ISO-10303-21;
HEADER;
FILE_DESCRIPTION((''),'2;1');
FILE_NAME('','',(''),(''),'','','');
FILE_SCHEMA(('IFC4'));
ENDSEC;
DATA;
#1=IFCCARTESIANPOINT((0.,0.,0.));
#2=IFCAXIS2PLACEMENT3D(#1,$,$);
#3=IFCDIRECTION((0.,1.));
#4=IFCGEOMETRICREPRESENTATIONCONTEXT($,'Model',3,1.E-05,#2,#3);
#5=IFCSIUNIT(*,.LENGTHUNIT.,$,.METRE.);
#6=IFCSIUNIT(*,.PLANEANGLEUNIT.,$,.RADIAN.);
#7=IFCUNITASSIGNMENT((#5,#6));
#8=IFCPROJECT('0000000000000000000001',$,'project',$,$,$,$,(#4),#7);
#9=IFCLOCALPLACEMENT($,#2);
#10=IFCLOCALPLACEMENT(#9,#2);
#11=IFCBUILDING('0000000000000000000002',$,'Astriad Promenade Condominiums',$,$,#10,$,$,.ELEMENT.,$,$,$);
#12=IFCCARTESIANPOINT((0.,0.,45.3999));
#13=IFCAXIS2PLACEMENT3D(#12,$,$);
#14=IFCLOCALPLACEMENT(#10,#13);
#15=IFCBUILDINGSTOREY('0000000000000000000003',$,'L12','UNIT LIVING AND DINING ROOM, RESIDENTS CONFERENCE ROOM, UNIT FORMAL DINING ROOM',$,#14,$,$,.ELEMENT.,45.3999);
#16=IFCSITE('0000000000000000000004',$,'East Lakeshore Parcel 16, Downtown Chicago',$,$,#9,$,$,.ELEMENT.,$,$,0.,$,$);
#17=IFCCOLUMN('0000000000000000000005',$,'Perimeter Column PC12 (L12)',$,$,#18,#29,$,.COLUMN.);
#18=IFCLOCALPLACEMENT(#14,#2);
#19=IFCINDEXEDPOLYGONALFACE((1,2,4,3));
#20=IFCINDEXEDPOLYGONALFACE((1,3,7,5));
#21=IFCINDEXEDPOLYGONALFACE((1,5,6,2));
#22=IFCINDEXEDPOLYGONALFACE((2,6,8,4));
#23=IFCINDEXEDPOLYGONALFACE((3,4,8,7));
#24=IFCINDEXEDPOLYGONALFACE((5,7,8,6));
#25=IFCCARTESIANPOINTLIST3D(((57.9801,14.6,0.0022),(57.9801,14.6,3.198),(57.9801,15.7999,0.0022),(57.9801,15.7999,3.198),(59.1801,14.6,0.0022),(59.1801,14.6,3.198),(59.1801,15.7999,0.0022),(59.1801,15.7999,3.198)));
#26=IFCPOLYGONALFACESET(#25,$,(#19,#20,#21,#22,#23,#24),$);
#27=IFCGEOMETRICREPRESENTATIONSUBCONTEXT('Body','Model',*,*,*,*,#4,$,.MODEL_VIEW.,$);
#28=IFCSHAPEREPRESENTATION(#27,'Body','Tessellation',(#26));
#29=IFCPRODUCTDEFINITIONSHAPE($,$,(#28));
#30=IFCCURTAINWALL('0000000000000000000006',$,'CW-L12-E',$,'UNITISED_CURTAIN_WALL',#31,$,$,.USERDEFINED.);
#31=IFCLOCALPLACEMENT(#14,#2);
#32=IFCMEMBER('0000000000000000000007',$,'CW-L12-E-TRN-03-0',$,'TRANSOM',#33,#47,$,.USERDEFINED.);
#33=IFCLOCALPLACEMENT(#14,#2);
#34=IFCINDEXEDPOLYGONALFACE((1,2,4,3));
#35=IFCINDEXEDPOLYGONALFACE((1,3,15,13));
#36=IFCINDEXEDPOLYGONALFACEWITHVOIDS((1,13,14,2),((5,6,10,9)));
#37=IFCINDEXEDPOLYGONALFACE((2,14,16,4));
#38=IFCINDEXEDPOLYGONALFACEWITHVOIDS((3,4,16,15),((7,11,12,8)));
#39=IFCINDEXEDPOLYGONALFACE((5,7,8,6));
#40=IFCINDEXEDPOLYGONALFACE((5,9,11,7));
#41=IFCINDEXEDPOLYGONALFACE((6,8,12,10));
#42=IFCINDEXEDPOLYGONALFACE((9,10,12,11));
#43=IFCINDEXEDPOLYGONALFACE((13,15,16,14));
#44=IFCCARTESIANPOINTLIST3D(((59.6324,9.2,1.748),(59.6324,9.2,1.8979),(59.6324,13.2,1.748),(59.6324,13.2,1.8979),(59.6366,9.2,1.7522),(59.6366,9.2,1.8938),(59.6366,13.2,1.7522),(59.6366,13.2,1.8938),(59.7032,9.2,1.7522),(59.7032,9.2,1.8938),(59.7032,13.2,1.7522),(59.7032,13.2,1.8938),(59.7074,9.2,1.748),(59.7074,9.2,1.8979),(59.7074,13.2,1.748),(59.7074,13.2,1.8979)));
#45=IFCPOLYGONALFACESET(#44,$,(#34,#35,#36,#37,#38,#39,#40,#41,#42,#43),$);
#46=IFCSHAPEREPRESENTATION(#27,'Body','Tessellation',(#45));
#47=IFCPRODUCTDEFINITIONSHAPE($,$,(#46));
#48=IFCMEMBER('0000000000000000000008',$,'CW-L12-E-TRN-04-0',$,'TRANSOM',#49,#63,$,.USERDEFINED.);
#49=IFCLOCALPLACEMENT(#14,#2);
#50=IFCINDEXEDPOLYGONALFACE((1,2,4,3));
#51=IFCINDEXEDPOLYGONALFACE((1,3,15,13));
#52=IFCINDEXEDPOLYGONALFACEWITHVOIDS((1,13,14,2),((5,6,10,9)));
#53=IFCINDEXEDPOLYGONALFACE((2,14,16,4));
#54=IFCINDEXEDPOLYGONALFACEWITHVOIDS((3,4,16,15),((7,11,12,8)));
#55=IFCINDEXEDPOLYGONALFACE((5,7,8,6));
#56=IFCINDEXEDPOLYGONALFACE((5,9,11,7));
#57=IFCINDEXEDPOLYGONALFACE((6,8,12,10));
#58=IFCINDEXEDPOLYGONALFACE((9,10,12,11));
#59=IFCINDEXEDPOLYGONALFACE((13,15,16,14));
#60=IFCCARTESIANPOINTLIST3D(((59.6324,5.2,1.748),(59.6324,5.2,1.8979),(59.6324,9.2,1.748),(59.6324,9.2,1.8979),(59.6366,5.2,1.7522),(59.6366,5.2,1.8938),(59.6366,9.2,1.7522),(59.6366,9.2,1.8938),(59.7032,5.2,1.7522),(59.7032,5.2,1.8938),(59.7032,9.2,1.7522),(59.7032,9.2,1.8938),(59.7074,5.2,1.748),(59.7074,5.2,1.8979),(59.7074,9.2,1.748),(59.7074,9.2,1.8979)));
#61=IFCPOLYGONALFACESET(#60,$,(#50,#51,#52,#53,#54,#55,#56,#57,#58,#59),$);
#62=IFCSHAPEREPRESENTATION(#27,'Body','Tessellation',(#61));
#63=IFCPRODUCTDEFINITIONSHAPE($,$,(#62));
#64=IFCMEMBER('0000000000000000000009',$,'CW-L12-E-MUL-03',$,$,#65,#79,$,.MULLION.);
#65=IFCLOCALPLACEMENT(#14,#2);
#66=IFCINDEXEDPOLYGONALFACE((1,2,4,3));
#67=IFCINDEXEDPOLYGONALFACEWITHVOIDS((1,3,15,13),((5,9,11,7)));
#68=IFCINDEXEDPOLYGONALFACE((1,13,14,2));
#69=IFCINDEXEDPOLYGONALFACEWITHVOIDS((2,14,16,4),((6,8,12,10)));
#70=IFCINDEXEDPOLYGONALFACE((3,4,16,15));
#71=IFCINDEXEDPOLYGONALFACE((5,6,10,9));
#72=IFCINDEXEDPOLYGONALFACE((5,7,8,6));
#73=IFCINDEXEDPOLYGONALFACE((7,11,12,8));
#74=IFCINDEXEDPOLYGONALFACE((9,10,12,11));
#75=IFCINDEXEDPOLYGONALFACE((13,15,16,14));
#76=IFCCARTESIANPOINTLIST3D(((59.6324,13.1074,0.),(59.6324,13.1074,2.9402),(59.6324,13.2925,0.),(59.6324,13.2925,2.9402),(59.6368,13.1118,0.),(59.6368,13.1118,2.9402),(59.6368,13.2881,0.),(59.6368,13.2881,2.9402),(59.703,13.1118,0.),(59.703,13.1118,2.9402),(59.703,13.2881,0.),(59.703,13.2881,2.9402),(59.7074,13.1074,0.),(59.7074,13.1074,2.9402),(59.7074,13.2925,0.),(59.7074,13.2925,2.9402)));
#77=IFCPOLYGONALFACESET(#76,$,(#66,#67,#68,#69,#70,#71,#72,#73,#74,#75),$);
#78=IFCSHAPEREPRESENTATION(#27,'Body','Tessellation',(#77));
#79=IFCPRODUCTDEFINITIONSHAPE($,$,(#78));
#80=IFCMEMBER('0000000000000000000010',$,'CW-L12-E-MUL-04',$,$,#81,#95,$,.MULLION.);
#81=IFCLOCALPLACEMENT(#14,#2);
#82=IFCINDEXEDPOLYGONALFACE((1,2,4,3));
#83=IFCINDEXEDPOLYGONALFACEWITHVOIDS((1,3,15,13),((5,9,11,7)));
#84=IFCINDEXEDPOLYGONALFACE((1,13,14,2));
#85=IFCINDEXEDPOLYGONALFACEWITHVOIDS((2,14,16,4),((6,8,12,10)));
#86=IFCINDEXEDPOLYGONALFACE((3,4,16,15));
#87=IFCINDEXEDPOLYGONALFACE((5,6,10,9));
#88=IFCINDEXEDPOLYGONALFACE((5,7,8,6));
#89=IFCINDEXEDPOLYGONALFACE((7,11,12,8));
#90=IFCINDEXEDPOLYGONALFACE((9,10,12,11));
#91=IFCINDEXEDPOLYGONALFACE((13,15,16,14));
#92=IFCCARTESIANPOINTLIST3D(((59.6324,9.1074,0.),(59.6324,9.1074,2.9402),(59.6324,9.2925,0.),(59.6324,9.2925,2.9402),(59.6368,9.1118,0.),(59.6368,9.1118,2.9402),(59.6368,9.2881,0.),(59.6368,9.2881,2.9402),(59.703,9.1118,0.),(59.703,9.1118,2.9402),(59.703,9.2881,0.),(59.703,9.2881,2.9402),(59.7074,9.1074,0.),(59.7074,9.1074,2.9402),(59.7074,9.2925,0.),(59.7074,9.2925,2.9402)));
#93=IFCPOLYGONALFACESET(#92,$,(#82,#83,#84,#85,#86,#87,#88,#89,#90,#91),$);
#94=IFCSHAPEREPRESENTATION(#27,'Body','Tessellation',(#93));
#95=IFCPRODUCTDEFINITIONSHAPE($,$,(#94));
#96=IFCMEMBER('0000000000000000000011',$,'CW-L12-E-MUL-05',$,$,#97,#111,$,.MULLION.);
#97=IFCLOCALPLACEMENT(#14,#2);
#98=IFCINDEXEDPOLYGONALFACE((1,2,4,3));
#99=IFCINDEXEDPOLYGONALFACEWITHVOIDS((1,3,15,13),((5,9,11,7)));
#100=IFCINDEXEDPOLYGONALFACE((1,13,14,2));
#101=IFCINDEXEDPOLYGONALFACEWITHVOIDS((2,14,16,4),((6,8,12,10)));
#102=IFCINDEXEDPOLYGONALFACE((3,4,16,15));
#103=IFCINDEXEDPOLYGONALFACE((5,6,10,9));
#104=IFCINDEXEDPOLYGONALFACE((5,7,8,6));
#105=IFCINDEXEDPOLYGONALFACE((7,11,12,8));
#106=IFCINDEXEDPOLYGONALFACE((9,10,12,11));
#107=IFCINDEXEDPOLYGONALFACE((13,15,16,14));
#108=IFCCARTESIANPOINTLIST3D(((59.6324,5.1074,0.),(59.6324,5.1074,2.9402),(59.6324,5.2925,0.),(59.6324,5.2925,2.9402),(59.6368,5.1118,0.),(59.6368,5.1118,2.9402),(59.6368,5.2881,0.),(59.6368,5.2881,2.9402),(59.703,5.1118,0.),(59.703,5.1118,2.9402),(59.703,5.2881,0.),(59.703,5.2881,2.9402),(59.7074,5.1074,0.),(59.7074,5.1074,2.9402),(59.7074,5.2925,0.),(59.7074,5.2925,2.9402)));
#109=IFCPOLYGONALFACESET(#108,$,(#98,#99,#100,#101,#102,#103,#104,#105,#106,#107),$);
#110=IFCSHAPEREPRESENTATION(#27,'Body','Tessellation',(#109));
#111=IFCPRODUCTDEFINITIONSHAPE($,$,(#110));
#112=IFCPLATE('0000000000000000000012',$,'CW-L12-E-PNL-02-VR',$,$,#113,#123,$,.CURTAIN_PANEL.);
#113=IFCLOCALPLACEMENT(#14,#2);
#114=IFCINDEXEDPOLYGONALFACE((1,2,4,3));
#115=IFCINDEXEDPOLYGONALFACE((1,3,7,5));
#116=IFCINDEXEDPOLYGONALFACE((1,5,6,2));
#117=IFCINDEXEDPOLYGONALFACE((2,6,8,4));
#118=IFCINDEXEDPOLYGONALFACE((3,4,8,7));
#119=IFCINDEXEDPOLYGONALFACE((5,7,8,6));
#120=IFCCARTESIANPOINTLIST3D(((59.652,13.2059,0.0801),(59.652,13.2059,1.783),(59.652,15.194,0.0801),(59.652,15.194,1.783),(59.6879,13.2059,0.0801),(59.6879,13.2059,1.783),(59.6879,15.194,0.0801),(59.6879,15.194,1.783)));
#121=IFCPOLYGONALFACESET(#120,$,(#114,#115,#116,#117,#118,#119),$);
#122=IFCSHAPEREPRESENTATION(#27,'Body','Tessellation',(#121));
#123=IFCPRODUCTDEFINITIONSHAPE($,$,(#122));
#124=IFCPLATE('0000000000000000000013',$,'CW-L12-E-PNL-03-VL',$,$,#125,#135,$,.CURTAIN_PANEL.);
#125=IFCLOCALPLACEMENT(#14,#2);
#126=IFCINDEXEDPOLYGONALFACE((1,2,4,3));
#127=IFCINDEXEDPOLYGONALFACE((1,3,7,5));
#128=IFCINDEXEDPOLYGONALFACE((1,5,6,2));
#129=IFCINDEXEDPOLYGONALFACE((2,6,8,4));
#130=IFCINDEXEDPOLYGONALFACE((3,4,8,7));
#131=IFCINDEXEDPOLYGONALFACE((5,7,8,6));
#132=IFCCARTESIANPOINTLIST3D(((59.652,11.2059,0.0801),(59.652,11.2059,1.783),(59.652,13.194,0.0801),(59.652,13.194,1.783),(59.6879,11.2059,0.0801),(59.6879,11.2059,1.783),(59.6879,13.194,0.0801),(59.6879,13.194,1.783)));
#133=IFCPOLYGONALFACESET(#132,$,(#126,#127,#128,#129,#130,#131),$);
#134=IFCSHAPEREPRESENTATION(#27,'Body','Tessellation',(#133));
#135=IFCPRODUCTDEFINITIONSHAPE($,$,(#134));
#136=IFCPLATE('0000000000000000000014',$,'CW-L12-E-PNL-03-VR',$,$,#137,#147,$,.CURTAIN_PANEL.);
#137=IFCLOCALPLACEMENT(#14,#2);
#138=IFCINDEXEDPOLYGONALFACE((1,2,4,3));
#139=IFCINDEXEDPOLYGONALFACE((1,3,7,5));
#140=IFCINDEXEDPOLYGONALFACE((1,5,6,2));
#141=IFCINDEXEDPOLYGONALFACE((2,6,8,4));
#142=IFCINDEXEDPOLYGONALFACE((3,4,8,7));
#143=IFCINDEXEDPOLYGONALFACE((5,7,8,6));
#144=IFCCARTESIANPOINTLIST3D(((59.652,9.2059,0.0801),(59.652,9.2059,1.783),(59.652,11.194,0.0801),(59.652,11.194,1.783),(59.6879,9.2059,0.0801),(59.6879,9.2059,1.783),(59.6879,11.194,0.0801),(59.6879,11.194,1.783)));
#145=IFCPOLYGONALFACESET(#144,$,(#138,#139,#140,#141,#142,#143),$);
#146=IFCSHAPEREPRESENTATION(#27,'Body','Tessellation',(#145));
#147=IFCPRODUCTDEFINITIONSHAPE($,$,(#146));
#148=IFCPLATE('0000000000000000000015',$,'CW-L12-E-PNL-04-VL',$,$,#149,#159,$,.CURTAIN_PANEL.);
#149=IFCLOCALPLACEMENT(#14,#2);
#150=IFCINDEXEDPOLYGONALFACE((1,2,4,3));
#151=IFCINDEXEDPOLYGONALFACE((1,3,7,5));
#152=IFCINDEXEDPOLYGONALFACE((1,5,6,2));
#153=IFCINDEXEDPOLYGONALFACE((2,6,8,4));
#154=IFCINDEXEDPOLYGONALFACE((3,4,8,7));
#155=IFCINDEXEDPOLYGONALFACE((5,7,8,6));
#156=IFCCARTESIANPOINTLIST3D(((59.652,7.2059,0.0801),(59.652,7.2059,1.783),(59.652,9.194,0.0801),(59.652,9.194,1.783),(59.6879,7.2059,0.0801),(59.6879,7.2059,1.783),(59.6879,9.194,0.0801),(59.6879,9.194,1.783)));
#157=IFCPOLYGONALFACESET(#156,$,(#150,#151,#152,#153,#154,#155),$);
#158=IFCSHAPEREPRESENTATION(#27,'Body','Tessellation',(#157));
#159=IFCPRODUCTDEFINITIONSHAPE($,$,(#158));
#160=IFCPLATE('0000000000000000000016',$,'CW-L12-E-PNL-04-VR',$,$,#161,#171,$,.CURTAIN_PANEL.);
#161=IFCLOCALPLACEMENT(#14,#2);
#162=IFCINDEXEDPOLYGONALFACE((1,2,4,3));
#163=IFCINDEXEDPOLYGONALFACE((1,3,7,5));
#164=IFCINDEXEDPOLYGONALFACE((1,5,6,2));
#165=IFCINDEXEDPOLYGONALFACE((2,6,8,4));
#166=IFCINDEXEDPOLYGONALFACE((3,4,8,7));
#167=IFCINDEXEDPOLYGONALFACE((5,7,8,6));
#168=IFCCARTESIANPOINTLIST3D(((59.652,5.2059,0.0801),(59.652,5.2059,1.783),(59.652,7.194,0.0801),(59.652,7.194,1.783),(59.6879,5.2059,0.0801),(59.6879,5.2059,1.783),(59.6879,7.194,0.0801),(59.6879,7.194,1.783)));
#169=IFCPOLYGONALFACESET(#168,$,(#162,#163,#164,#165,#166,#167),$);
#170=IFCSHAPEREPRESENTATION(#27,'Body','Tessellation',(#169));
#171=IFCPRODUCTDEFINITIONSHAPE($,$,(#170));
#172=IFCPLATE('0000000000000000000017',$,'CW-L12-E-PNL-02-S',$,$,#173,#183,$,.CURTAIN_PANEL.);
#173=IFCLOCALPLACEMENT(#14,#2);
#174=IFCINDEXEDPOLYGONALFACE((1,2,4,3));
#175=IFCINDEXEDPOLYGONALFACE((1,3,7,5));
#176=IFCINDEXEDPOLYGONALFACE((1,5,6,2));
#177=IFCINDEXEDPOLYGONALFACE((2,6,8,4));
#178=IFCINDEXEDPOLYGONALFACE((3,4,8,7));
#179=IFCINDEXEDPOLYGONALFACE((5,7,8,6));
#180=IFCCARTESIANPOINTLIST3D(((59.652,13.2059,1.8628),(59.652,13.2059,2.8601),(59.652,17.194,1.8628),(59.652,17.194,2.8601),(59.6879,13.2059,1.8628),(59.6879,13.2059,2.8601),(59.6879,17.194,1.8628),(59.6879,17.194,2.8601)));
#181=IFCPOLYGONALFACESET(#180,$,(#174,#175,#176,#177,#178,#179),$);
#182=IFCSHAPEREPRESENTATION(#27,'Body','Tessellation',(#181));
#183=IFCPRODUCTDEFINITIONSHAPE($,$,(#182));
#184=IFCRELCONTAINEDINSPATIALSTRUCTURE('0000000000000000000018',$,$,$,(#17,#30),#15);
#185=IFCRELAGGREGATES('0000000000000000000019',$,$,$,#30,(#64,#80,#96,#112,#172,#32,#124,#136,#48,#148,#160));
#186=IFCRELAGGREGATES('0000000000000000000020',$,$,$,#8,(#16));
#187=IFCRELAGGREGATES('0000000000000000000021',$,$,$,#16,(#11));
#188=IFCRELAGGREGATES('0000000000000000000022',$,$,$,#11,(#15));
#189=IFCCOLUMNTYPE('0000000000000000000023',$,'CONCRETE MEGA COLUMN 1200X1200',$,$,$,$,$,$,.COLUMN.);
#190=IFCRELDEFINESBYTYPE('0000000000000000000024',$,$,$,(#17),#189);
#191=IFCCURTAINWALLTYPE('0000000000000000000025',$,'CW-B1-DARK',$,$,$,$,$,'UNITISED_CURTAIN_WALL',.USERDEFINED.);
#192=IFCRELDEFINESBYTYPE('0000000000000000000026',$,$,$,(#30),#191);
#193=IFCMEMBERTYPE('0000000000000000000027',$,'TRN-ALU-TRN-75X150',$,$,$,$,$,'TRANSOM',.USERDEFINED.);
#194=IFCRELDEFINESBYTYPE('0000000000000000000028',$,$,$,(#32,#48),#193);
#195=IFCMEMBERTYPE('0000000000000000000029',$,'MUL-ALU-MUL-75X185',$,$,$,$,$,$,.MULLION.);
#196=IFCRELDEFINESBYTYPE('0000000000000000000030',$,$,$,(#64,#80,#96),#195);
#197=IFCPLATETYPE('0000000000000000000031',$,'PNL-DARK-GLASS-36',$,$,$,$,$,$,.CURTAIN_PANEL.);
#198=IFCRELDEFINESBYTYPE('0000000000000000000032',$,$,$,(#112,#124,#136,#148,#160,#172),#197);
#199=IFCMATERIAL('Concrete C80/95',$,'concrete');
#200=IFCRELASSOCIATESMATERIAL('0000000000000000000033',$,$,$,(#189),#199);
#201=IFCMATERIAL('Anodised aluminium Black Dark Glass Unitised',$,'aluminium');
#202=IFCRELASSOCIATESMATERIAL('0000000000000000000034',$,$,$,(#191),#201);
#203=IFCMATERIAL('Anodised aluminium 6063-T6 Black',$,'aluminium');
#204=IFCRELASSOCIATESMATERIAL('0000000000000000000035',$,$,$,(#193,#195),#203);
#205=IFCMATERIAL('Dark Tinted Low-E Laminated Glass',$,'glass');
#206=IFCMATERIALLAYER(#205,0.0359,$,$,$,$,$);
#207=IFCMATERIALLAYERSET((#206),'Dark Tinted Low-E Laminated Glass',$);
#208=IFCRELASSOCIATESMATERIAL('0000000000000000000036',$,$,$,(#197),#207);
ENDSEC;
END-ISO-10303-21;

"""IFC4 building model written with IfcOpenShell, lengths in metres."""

from ifc_helpers import new_model, si_unit, direction, frame, origin, origin_2d, place, context, subcontext, project, spatial, rectangle, hollow_rectangle, extrude, source, transform, mapped, material, layer, layer_set, material_profile, profile_set, type_object, type_shapes, element, aggregate, save


model = new_model("IFC4")

# Units and contexts
model_context = context("Model", 3, precision=1e-05, world=origin(), true_north=direction((0.0, 1.0)))
body_context = subcontext(model_context, "Body", "Model", "MODEL_VIEW")
ifc_project = project(units=[si_unit("LENGTHUNIT", "METRE"), si_unit("PLANEANGLEUNIT", "RADIAN")], contexts=[model_context])

# Site, building, storey
site_placement = place(None, origin())
site = spatial("IfcSite", under=ifc_project, at=site_placement, Name="East Lakeshore Parcel 16, Downtown Chicago", CompositionType="ELEMENT", RefElevation=0.0)
building_placement = place(site_placement, origin())
building = spatial("IfcBuilding", under=site, at=building_placement, Name="Astriad Promenade Condominiums", CompositionType="ELEMENT")
storey_placement = place(building_placement, frame((0.0, 0.0, 45.3999)))
storey = spatial("IfcBuildingStorey", under=building, at=storey_placement, Name="L12", Description="UNIT LIVING AND DINING ROOM, RESIDENTS CONFERENCE ROOM, UNIT FORMAL DINING ROOM", CompositionType="ELEMENT", Elevation=45.3999)

# Column
ifc_material_1 = material(Name="Concrete C80/95", Category="concrete")
ifc_material_profile_1 = material_profile(ifc_material_1, rectangle(XDim=1.2, YDim=1.2, at=origin_2d()), Name="RC-COL-1200X1200")
ifc_profile_set_1 = profile_set([ifc_material_profile_1], Name="Concrete C80/95")
column_type = type_object("IfcColumnType", Name="CONCRETE MEGA COLUMN 1200X1200", PredefinedType="COLUMN", material=ifc_profile_set_1)
shared_shape_1 = source(origin(), body_context, "Body", "SweptSolid", [
    extrude(rectangle(XDim=1.2, YDim=1.2, at=origin_2d()), origin(), (0.0, 0.0, 1.0), 3.1958),
])
type_shapes(column_type, [shared_shape_1])
column_placement = place(storey_placement, frame((58.5801, 15.2, 0.0022), z_axis=(0.0, 0.0, 1.0), x_axis=(1.0, 0.0, 0.0)))
element("IfcColumn", 1, at=column_placement, inside=storey, type_object=column_type, Name="Perimeter Column PC12 (L12)", PredefinedType="COLUMN", context=body_context, shape_type="MappedRepresentation", body=[
    mapped(shared_shape_1, transform((0.0, 0.0, 0.0), scale=1.0)),
])

# Curtain wall, members, plates
ifc_material_2 = material(Name="Anodised aluminium Black Dark Glass Unitised", Category="aluminium")
curtain_wall_type = type_object("IfcCurtainWallType", Name="CW-B1-DARK", ElementType="UNITISED_CURTAIN_WALL", PredefinedType="USERDEFINED", material=ifc_material_2)
curtain_wall_placement = place(storey_placement, origin())
curtain_wall = element("IfcCurtainWall", 2, at=curtain_wall_placement, inside=storey, type_object=curtain_wall_type, Name="CW-L12-E", ObjectType="UNITISED_CURTAIN_WALL", PredefinedType="USERDEFINED")
ifc_material_3 = material(Name="Anodised aluminium 6063-T6 Black", Category="aluminium")
ifc_material_profile_2 = material_profile(ifc_material_3, hollow_rectangle(XDim=0.075, YDim=0.1499, WallThickness=0.0042, at=origin_2d()), Name="ALU-TRN-75X150")
ifc_profile_set_2 = profile_set([ifc_material_profile_2], Name="Anodised aluminium 6063-T6 Black")
member_type_1 = type_object("IfcMemberType", Name="TRN-ALU-TRN-75X150", ElementType="TRANSOM", PredefinedType="USERDEFINED", material=ifc_profile_set_2)
shared_shape_2 = source(origin(), body_context, "Body", "SweptSolid", [
    extrude(hollow_rectangle(XDim=0.075, YDim=0.1499, WallThickness=0.0042, at=origin_2d()), origin(), (0.0, 0.0, 1.0), 4.0),
])
type_shapes(member_type_1, [shared_shape_2])
member_1_placement = place(storey_placement, frame((59.6699, 13.2, 1.823), z_axis=(0.0, -1.0, 0.0), x_axis=(1.0, 0.0, 0.0)))
member_1 = element("IfcMember", 3, at=member_1_placement, type_object=member_type_1, Name="CW-L12-E-TRN-03-0", ObjectType="TRANSOM", PredefinedType="USERDEFINED", context=body_context, shape_type="MappedRepresentation", body=[
    mapped(shared_shape_2, transform((0.0, 0.0, 0.0), scale=1.0)),
])
member_2_placement = place(storey_placement, frame((59.6699, 9.2, 1.823), z_axis=(0.0, -1.0, 0.0), x_axis=(1.0, 0.0, 0.0)))
member_2 = element("IfcMember", 4, at=member_2_placement, type_object=member_type_1, Name="CW-L12-E-TRN-04-0", ObjectType="TRANSOM", PredefinedType="USERDEFINED", context=body_context, shape_type="MappedRepresentation", body=[
    mapped(shared_shape_2, transform((0.0, 0.0, 0.0), scale=1.0)),
])
ifc_material_profile_3 = material_profile(ifc_material_3, hollow_rectangle(XDim=0.075, YDim=0.1851, WallThickness=0.0044, at=origin_2d()), Name="ALU-MUL-75X185")
ifc_profile_set_3 = profile_set([ifc_material_profile_3], Name="Anodised aluminium 6063-T6 Black")
member_type_2 = type_object("IfcMemberType", Name="MUL-ALU-MUL-75X185", PredefinedType="MULLION", material=ifc_profile_set_3)
shared_shape_3 = source(origin(), body_context, "Body", "SweptSolid", [
    extrude(hollow_rectangle(XDim=0.075, YDim=0.1851, WallThickness=0.0044, at=origin_2d()), origin(), (0.0, 0.0, 1.0), 2.9402),
])
type_shapes(member_type_2, [shared_shape_3])
member_3_placement = place(storey_placement, frame((59.6699, 13.2, 0.0), z_axis=(0.0, 0.0, 1.0), x_axis=(1.0, 0.0, 0.0)))
member_3 = element("IfcMember", 5, at=member_3_placement, type_object=member_type_2, Name="CW-L12-E-MUL-03", PredefinedType="MULLION", context=body_context, shape_type="MappedRepresentation", body=[
    mapped(shared_shape_3, transform((0.0, 0.0, 0.0), scale=1.0)),
])
member_4_placement = place(storey_placement, frame((59.6699, 9.2, 0.0), z_axis=(0.0, 0.0, 1.0), x_axis=(1.0, 0.0, 0.0)))
member_4 = element("IfcMember", 6, at=member_4_placement, type_object=member_type_2, Name="CW-L12-E-MUL-04", PredefinedType="MULLION", context=body_context, shape_type="MappedRepresentation", body=[
    mapped(shared_shape_3, transform((0.0, 0.0, 0.0), scale=1.0)),
])
member_5_placement = place(storey_placement, frame((59.6699, 5.2, 0.0), z_axis=(0.0, 0.0, 1.0), x_axis=(1.0, 0.0, 0.0)))
member_5 = element("IfcMember", 7, at=member_5_placement, type_object=member_type_2, Name="CW-L12-E-MUL-05", PredefinedType="MULLION", context=body_context, shape_type="MappedRepresentation", body=[
    mapped(shared_shape_3, transform((0.0, 0.0, 0.0), scale=1.0)),
])
ifc_material_4 = material(Name="Dark Tinted Low-E Laminated Glass", Category="glass")
ifc_layer_1 = layer(ifc_material_4, 0.0359)
ifc_layer_set_1 = layer_set([ifc_layer_1], Name="Dark Tinted Low-E Laminated Glass")
plate_type = type_object("IfcPlateType", Name="PNL-DARK-GLASS-36", PredefinedType="CURTAIN_PANEL", material=ifc_layer_set_1)
shared_shape_4 = source(origin(), body_context, "Body", "SweptSolid", [
    extrude(rectangle(XDim=1.988, YDim=0.0359, at=origin_2d()), origin(), (0.0, 0.0, 1.0), 1.7029),
])
plate_1_placement = place(storey_placement, frame((59.6699, 14.2, 0.0801), z_axis=(0.0, 0.0, 1.0), x_axis=(0.0, -1.0, 0.0)))
plate_1 = element("IfcPlate", 8, at=plate_1_placement, type_object=plate_type, Name="CW-L12-E-PNL-02-VR", PredefinedType="CURTAIN_PANEL", context=body_context, shape_type="MappedRepresentation", body=[
    mapped(shared_shape_4, transform((0.0, 0.0, 0.0), scale=1.0)),
])
plate_2_placement = place(storey_placement, frame((59.6699, 12.2, 0.0801), z_axis=(0.0, 0.0, 1.0), x_axis=(0.0, -1.0, 0.0)))
plate_2 = element("IfcPlate", 9, at=plate_2_placement, type_object=plate_type, Name="CW-L12-E-PNL-03-VL", PredefinedType="CURTAIN_PANEL", context=body_context, shape_type="MappedRepresentation", body=[
    mapped(shared_shape_4, transform((0.0, 0.0, 0.0), scale=1.0)),
])
plate_3_placement = place(storey_placement, frame((59.6699, 10.2, 0.0801), z_axis=(0.0, 0.0, 1.0), x_axis=(0.0, -1.0, 0.0)))
plate_3 = element("IfcPlate", 10, at=plate_3_placement, type_object=plate_type, Name="CW-L12-E-PNL-03-VR", PredefinedType="CURTAIN_PANEL", context=body_context, shape_type="MappedRepresentation", body=[
    mapped(shared_shape_4, transform((0.0, 0.0, 0.0), scale=1.0)),
])
plate_4_placement = place(storey_placement, frame((59.6699, 8.2, 0.0801), z_axis=(0.0, 0.0, 1.0), x_axis=(0.0, -1.0, 0.0)))
plate_4 = element("IfcPlate", 11, at=plate_4_placement, type_object=plate_type, Name="CW-L12-E-PNL-04-VL", PredefinedType="CURTAIN_PANEL", context=body_context, shape_type="MappedRepresentation", body=[
    mapped(shared_shape_4, transform((0.0, 0.0, 0.0), scale=1.0)),
])
plate_5_placement = place(storey_placement, frame((59.6699, 6.2, 0.0801), z_axis=(0.0, 0.0, 1.0), x_axis=(0.0, -1.0, 0.0)))
plate_5 = element("IfcPlate", 12, at=plate_5_placement, type_object=plate_type, Name="CW-L12-E-PNL-04-VR", PredefinedType="CURTAIN_PANEL", context=body_context, shape_type="MappedRepresentation", body=[
    mapped(shared_shape_4, transform((0.0, 0.0, 0.0), scale=1.0)),
])
shared_shape_5 = source(origin(), body_context, "Body", "SweptSolid", [
    extrude(rectangle(XDim=3.988, YDim=0.0359, at=origin_2d()), origin(), (0.0, 0.0, 1.0), 0.9973),
])
type_shapes(plate_type, [shared_shape_4, shared_shape_5])
plate_6_placement = place(storey_placement, frame((59.6699, 15.2, 1.8628), z_axis=(0.0, 0.0, 1.0), x_axis=(0.0, -1.0, 0.0)))
plate_6 = element("IfcPlate", 13, at=plate_6_placement, type_object=plate_type, Name="CW-L12-E-PNL-02-S", PredefinedType="CURTAIN_PANEL", context=body_context, shape_type="MappedRepresentation", body=[
    mapped(shared_shape_5, transform((0.0, 0.0, 0.0), scale=1.0)),
])
aggregate(curtain_wall, [member_3, member_4, member_5, plate_1, plate_6, member_1, plate_2, plate_3, member_2, plate_4, plate_5])

save(model, "model.ifc")
